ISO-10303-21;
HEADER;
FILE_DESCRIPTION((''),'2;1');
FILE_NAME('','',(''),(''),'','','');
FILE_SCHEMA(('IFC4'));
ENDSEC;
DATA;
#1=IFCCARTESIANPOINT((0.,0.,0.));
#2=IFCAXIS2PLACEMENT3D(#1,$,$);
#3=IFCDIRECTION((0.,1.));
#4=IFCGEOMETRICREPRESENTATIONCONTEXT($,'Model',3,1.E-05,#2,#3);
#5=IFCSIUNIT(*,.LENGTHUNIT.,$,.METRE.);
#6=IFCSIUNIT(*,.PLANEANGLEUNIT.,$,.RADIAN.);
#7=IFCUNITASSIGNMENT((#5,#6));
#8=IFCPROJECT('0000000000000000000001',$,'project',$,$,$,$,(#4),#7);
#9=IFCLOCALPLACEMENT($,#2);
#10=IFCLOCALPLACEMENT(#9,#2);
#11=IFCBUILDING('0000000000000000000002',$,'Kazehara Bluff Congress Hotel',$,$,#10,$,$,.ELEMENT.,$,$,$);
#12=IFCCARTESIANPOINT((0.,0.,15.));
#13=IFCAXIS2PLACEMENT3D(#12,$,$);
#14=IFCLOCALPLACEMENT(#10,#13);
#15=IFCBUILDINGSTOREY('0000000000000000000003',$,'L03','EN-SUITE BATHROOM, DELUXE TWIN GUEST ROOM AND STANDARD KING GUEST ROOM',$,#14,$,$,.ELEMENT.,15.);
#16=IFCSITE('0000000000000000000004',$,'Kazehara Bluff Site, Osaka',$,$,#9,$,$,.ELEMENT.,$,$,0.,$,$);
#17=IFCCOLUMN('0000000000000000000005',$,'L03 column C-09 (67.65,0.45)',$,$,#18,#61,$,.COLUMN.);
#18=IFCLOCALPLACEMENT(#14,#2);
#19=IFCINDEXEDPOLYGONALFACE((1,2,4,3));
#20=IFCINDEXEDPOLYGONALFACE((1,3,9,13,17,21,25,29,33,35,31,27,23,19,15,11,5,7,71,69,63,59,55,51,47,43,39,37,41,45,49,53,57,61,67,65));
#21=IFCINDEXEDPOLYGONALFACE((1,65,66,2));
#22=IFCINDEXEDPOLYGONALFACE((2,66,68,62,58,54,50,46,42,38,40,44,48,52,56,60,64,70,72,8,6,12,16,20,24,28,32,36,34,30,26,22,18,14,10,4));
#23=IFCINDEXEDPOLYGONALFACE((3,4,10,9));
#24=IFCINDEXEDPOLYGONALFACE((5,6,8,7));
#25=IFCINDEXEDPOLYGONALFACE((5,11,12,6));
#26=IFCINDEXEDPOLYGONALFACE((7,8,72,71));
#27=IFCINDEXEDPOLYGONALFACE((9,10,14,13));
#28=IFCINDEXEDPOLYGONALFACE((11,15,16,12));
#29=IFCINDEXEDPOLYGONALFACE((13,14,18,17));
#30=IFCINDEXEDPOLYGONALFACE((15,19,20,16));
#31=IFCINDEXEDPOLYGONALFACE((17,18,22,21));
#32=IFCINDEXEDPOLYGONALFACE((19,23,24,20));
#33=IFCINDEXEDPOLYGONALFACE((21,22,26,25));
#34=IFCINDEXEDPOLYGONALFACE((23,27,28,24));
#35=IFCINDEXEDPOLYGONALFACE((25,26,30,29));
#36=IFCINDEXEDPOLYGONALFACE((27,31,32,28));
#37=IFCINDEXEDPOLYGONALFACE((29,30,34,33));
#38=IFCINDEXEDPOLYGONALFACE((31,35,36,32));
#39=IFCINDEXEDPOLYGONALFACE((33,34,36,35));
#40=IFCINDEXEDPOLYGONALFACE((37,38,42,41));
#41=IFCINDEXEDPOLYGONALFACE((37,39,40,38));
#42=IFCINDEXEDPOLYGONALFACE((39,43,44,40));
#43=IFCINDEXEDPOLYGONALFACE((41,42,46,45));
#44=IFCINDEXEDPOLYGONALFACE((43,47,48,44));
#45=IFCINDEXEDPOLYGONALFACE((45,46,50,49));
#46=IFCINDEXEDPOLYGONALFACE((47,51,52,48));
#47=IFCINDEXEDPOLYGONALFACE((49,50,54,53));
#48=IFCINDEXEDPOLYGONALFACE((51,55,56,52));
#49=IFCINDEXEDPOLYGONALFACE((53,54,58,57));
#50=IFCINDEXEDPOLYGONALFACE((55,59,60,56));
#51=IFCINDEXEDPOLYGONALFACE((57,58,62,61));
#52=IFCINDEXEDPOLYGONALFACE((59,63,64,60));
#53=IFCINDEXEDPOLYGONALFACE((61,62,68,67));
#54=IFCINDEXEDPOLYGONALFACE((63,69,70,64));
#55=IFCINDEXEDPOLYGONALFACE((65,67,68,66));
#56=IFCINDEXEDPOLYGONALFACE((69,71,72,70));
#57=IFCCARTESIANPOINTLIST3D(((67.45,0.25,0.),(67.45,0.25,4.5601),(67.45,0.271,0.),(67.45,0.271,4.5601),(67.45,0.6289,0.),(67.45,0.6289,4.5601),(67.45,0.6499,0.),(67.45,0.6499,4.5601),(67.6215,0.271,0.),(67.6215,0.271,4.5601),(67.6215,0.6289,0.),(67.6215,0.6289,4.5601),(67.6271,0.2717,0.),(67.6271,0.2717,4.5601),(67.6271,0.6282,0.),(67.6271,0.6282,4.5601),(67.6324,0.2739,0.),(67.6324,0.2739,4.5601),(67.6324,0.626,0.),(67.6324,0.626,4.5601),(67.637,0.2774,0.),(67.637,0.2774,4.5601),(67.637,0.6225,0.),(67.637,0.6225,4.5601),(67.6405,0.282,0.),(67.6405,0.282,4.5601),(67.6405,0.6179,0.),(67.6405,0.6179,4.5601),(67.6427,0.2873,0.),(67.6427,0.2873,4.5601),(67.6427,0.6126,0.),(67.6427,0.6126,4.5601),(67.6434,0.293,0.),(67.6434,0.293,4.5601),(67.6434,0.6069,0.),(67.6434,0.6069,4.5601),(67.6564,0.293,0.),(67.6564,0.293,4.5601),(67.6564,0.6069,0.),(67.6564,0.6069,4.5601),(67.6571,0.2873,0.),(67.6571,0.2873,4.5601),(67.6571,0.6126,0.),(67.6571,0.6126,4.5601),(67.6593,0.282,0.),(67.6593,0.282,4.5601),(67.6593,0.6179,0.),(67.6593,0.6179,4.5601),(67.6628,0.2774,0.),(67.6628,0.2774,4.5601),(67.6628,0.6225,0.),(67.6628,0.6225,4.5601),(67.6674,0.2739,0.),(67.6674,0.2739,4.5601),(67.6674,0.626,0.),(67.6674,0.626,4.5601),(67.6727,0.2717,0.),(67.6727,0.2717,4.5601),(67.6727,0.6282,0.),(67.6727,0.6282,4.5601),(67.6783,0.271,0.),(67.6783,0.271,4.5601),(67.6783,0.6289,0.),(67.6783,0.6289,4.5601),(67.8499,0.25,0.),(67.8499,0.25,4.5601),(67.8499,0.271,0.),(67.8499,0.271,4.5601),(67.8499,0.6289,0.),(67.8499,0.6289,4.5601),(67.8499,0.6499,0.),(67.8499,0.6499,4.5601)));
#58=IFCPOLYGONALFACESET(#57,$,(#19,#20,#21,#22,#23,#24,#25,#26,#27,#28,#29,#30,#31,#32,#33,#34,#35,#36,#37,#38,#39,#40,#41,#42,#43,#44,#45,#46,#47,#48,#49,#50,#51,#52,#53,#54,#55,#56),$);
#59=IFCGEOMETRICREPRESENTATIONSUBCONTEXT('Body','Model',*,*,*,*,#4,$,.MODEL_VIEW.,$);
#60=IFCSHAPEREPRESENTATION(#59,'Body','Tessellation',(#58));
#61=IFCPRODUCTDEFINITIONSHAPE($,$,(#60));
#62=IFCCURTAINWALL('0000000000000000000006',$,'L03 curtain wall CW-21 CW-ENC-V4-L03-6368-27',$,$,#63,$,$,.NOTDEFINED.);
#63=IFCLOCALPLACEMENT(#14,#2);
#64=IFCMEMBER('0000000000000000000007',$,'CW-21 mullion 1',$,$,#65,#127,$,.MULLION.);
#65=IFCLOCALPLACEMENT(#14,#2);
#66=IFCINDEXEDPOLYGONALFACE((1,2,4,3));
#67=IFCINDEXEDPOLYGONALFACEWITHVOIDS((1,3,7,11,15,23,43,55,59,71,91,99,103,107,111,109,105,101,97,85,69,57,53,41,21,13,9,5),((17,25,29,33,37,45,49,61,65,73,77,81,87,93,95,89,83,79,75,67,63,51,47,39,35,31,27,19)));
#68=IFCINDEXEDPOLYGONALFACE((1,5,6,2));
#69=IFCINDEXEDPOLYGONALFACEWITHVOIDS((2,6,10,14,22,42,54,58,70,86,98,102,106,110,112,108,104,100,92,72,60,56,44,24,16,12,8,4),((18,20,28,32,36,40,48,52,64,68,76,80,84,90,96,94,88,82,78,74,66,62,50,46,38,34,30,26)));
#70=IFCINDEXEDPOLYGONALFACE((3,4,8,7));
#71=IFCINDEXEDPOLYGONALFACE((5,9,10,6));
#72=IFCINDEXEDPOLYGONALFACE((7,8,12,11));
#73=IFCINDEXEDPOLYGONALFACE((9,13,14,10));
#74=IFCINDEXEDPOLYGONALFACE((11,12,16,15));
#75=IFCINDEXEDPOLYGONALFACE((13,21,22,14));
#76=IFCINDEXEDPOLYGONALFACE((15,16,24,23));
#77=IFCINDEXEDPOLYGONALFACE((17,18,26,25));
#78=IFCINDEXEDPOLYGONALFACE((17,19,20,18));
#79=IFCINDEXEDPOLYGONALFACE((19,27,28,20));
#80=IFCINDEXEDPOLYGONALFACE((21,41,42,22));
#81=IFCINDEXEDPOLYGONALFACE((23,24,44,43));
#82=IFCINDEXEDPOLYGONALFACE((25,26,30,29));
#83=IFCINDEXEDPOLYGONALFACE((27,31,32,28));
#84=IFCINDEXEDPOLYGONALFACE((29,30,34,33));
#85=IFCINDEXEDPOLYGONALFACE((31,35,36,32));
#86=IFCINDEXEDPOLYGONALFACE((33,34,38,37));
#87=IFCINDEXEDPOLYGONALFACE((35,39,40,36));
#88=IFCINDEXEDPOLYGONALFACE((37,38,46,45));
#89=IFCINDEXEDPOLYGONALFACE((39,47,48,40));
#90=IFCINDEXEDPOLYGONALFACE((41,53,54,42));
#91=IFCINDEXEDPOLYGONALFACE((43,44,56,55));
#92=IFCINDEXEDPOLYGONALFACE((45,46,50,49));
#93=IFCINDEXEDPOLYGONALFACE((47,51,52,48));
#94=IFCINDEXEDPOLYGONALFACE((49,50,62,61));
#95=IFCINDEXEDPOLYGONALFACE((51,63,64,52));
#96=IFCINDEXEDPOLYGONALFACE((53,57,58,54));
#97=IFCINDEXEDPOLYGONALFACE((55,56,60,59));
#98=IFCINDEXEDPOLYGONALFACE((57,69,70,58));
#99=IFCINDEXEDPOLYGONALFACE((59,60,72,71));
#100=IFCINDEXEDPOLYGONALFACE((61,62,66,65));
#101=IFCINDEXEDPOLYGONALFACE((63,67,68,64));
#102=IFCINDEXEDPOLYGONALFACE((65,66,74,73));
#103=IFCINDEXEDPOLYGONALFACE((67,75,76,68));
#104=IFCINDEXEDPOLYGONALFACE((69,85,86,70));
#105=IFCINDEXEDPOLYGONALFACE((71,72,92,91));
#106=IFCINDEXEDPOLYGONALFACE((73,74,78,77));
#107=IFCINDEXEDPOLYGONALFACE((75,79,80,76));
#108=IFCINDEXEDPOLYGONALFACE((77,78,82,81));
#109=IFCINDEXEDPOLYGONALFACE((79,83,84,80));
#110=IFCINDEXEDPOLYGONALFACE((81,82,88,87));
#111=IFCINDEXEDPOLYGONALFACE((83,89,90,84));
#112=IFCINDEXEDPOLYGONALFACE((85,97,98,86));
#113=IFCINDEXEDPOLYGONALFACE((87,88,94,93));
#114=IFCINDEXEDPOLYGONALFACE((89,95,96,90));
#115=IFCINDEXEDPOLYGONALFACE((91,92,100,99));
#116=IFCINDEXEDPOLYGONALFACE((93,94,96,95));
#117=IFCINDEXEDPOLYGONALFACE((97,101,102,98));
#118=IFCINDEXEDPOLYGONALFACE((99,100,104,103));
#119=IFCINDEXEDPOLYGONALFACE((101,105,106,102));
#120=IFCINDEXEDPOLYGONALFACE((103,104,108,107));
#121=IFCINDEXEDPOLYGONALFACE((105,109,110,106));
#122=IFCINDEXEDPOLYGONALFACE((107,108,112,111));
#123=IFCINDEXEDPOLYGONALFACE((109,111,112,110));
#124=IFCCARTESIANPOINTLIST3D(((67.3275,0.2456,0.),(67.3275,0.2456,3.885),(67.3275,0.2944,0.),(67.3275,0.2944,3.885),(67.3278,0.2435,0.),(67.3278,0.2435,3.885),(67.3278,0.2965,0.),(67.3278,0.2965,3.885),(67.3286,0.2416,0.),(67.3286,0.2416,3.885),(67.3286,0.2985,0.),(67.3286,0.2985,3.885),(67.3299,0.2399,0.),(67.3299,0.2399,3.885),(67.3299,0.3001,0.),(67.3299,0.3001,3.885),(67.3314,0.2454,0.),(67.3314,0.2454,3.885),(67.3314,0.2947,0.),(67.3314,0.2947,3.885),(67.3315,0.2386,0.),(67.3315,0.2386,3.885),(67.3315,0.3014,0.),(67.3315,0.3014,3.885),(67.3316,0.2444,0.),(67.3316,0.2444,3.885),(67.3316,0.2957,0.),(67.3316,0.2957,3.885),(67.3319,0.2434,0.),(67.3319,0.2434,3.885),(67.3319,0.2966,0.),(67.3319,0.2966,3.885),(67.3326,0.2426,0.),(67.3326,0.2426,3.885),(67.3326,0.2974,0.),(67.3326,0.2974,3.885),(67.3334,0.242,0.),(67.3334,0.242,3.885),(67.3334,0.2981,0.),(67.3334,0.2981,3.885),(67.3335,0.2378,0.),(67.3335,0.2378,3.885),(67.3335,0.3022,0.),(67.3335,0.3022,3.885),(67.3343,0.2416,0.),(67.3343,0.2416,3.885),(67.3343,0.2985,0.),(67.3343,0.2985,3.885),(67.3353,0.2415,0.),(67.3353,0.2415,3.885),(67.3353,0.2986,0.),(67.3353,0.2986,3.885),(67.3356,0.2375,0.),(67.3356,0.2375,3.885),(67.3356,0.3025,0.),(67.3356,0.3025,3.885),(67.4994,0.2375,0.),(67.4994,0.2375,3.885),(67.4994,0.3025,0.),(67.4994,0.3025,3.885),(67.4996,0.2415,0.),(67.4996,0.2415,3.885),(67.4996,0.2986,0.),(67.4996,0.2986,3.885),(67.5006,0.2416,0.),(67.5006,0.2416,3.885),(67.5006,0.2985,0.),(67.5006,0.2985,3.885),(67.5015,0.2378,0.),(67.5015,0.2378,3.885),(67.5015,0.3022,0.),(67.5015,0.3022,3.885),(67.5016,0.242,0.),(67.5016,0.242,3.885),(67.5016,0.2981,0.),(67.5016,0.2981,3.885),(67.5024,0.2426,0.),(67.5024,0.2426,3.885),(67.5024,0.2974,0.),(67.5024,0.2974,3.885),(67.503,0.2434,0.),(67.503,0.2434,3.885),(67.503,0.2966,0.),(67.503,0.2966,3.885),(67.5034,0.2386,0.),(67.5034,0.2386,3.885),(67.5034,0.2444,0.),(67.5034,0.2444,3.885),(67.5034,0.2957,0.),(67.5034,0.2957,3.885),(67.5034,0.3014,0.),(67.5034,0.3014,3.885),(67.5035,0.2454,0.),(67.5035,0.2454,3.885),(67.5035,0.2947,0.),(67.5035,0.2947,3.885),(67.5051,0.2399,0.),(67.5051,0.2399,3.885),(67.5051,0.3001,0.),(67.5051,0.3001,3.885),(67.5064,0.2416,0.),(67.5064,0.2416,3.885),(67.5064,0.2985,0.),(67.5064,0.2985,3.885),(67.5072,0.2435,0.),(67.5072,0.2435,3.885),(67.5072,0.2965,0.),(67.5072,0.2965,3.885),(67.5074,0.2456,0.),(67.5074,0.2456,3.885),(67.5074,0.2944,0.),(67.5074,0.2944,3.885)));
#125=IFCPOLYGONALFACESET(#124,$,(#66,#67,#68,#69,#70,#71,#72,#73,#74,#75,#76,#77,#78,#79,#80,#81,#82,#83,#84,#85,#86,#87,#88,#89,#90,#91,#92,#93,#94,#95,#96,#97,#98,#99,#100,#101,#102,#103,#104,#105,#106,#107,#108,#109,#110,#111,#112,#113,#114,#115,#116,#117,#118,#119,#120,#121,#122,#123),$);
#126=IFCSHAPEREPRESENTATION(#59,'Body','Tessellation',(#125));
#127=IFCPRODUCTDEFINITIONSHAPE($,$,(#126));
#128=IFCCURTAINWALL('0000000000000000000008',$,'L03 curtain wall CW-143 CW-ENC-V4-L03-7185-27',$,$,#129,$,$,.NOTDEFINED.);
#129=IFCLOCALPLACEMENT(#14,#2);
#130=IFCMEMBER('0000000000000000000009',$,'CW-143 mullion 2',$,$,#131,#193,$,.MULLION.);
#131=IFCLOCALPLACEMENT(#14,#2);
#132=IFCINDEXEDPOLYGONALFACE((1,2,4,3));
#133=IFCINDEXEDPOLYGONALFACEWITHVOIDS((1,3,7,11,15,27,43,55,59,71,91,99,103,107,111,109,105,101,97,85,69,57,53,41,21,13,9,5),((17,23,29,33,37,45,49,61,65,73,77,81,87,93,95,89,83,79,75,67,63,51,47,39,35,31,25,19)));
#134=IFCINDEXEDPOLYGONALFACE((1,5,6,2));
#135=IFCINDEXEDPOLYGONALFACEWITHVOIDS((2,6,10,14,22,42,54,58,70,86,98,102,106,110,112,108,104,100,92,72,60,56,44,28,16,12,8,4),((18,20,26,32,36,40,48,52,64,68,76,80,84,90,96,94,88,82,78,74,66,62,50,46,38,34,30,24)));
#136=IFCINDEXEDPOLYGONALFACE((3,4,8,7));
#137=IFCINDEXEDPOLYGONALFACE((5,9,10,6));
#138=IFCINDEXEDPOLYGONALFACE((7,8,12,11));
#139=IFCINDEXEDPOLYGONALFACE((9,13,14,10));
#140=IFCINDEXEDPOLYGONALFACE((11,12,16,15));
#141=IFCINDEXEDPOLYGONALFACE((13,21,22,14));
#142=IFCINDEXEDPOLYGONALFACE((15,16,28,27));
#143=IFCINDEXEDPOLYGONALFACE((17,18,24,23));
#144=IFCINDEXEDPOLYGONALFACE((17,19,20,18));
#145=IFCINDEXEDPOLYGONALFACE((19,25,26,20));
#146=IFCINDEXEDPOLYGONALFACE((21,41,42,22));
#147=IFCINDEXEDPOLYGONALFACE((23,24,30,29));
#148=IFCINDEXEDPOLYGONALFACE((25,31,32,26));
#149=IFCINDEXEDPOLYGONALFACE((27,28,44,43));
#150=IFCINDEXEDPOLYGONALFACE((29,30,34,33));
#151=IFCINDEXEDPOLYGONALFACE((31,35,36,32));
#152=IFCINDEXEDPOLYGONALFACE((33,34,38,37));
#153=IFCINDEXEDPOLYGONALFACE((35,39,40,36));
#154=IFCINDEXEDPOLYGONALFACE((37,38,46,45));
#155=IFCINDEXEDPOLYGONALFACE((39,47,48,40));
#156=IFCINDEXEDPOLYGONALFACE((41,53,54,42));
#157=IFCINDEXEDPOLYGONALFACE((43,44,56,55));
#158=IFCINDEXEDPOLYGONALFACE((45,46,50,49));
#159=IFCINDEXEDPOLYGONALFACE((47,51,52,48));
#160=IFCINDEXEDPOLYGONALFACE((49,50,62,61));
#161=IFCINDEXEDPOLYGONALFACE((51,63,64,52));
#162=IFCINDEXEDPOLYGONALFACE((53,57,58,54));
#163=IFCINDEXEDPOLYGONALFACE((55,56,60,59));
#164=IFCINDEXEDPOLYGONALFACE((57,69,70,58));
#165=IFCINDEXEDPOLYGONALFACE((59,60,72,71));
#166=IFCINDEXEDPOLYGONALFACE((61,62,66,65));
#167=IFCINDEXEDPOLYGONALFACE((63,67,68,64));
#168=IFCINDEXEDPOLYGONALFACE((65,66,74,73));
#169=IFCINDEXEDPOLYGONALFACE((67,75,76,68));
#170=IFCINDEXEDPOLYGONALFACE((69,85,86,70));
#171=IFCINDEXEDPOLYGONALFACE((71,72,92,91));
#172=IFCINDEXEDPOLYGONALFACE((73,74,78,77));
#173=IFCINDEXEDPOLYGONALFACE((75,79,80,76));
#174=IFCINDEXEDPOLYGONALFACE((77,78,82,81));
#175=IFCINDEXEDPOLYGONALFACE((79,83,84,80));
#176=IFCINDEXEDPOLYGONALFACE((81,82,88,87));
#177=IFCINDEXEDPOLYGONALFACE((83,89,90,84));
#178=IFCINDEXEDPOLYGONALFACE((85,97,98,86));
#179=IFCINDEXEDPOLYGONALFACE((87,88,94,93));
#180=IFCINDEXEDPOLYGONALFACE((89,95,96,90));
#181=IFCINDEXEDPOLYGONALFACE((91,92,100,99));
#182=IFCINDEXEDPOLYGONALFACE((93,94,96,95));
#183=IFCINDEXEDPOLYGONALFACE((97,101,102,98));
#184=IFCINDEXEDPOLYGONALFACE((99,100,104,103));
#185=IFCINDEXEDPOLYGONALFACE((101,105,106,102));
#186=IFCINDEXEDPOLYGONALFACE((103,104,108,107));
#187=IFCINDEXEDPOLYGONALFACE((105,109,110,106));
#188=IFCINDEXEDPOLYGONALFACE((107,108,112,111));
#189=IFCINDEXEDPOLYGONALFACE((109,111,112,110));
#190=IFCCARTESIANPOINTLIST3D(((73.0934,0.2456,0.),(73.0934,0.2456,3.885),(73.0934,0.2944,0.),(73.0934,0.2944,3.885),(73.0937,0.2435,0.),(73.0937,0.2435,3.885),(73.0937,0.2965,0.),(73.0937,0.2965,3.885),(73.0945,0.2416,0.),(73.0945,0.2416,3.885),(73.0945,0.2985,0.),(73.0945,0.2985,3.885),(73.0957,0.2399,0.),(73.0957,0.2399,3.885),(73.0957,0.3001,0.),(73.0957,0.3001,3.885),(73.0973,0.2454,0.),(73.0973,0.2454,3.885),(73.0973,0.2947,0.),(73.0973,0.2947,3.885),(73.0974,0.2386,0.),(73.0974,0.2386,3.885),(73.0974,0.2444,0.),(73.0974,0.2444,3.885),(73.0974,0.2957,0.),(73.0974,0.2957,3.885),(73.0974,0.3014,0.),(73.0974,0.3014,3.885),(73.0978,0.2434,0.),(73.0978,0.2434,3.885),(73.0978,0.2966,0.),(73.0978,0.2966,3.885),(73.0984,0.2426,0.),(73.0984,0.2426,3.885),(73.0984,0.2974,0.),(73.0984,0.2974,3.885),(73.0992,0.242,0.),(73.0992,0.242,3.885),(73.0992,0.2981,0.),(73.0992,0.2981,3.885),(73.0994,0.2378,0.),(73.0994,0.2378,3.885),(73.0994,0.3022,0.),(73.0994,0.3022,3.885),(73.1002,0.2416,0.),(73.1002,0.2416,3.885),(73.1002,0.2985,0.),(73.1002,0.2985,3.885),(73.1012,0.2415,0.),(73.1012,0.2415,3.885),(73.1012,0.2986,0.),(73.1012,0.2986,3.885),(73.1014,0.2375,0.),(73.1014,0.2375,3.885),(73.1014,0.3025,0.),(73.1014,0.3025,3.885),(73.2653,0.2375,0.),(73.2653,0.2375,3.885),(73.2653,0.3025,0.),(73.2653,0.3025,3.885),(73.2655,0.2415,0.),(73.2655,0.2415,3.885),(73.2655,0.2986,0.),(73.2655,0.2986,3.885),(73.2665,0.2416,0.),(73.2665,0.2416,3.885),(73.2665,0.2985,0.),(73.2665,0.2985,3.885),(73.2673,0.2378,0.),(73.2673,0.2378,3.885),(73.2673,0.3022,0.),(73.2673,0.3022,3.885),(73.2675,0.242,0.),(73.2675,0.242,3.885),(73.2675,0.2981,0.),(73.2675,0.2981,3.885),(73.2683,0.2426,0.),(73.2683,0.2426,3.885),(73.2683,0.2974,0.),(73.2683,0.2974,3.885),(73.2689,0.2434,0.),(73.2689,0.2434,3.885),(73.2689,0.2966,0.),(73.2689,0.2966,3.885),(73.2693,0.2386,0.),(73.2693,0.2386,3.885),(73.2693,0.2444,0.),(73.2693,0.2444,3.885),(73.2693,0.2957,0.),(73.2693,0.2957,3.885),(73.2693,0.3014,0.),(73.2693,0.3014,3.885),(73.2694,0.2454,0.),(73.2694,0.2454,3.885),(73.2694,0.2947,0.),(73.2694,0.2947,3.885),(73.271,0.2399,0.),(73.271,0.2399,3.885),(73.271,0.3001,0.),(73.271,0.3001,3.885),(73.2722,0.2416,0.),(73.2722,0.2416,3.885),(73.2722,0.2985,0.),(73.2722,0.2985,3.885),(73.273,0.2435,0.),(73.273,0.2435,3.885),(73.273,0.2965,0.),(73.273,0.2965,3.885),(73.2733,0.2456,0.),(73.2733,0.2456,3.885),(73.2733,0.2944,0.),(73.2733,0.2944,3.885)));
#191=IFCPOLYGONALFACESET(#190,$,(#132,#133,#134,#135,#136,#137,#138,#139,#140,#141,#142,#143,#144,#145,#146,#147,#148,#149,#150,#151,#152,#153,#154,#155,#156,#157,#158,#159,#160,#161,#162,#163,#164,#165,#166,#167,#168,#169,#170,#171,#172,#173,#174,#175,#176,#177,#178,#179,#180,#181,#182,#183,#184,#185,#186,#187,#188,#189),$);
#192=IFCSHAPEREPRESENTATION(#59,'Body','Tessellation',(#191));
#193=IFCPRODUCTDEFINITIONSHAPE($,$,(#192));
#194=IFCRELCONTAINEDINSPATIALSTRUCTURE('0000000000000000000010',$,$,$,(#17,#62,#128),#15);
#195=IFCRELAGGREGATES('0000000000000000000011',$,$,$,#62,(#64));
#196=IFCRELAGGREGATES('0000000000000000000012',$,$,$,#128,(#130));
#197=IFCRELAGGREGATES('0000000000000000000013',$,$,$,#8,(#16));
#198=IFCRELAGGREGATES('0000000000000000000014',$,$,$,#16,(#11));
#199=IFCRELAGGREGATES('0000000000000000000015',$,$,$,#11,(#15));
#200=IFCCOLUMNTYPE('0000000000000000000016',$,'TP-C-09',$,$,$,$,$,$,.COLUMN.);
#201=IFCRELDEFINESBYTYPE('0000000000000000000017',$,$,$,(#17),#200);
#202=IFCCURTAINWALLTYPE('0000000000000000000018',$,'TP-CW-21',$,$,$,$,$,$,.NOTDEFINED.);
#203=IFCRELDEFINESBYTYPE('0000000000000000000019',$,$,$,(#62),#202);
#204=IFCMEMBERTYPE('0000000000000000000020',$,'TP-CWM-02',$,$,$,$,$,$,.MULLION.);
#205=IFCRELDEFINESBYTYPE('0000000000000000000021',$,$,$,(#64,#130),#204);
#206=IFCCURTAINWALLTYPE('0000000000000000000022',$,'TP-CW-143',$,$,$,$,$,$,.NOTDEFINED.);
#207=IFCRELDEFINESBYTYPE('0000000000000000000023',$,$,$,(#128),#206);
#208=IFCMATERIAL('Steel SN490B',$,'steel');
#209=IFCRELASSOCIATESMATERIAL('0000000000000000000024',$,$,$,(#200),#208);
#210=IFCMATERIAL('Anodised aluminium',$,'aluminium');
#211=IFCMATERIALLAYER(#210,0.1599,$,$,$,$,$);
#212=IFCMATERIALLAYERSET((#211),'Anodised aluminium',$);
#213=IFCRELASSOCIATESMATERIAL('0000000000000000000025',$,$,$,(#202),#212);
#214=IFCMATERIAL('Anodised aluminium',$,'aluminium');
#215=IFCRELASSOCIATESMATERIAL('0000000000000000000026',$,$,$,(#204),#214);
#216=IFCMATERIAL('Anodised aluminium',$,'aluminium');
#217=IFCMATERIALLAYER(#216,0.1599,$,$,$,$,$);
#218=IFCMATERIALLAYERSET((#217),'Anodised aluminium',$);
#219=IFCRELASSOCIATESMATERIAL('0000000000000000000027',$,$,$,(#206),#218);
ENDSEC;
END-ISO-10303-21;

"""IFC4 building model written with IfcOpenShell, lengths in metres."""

from ifc_helpers import new_model, si_unit, direction, frame, origin, origin_2d, place, context, subcontext, project, spatial, hollow_rectangle, i_section, extrude, material, layer, layer_set, material_profile, profile_set, type_object, element, aggregate, save


model = new_model("IFC4")

# Units and contexts
model_context = context("Model", 3, precision=1e-05, world=origin(), true_north=direction((0.0, 1.0)))
body_context = subcontext(model_context, "Body", "Model", "MODEL_VIEW")
ifc_project = project(units=[si_unit("LENGTHUNIT", "METRE"), si_unit("PLANEANGLEUNIT", "RADIAN")], contexts=[model_context])

# Site, building, storey
site_placement = place(None, origin())
site = spatial("IfcSite", under=ifc_project, at=site_placement, Name="Kazehara Bluff Site, Osaka", CompositionType="ELEMENT", RefElevation=0.0)
building_placement = place(site_placement, origin())
building = spatial("IfcBuilding", under=site, at=building_placement, Name="Kazehara Bluff Congress Hotel", CompositionType="ELEMENT")
storey_placement = place(building_placement, frame((0.0, 0.0, 15.0)))
storey = spatial("IfcBuildingStorey", under=building, at=storey_placement, Name="L03", Description="EN-SUITE BATHROOM, DELUXE TWIN GUEST ROOM AND STANDARD KING GUEST ROOM", CompositionType="ELEMENT", Elevation=15.0)

# Column
ifc_material_1 = material(Name="Steel SN490B", Category="steel")
ifc_material_profile_1 = material_profile(ifc_material_1, i_section(OverallWidth=0.3999, OverallDepth=0.3999, WebThickness=0.0129, FlangeThickness=0.021, FilletRadius=0.022, at=origin_2d()))
ifc_profile_set_1 = profile_set([ifc_material_profile_1], Name="Steel SN490B")
column_type = type_object("IfcColumnType", Name="TP-C-09", PredefinedType="COLUMN", material=ifc_profile_set_1)
column_placement = place(storey_placement, frame((67.6499, 0.45, 0.0), z_axis=(0.0, 0.0, 1.0), x_axis=(1.0, 0.0, 0.0)))
element("IfcColumn", 1, at=column_placement, inside=storey, type_object=column_type, Name="L03 column C-09 (67.65,0.45)", PredefinedType="COLUMN", context=body_context, shape_type="SweptSolid", body=[
    extrude(i_section(OverallWidth=0.3999, OverallDepth=0.3999, WebThickness=0.0129, FlangeThickness=0.021, FilletRadius=0.022, at=origin_2d()), origin(), (0.0, 0.0, 1.0), 4.5601),
])

# Curtain wall, member
ifc_material_2 = material(Name="Anodised aluminium", Category="aluminium")
ifc_layer_1 = layer(ifc_material_2, 0.1599)
ifc_layer_set_1 = layer_set([ifc_layer_1], Name="Anodised aluminium")
curtain_wall_type_1 = type_object("IfcCurtainWallType", Name="TP-CW-21", PredefinedType="NOTDEFINED", material=ifc_layer_set_1)
curtain_wall_1_placement = place(storey_placement, origin())
curtain_wall_1 = element("IfcCurtainWall", 2, at=curtain_wall_1_placement, inside=storey, type_object=curtain_wall_type_1, Name="L03 curtain wall CW-21 CW-ENC-V4-L03-6368-27", PredefinedType="NOTDEFINED")
ifc_material_3 = material(Name="Anodised aluminium", Category="aluminium")
ifc_material_profile_2 = material_profile(ifc_material_3, hollow_rectangle(XDim=0.0649, YDim=0.1799, WallThickness=0.0039, InnerFilletRadius=0.0039, OuterFilletRadius=0.0081, at=origin_2d()))
ifc_profile_set_2 = profile_set([ifc_material_profile_2], Name="Anodised aluminium")
member_type_1 = type_object("IfcMemberType", Name="TP-CWM-02", PredefinedType="MULLION", material=ifc_profile_set_2)
member_1_placement = place(storey_placement, frame((67.4175, 0.27, 0.0), z_axis=(0.0, 0.0, 1.0), x_axis=(0.0, -1.0, 0.0)))
member_1 = element("IfcMember", 3, at=member_1_placement, type_object=member_type_1, Name="CW-21 mullion 1", PredefinedType="MULLION", context=body_context, shape_type="SweptSolid", body=[
    extrude(hollow_rectangle(XDim=0.0649, YDim=0.1799, WallThickness=0.0039, InnerFilletRadius=0.0039, OuterFilletRadius=0.0081, at=origin_2d()), origin(), (0.0, 0.0, 1.0), 3.885),
])

# Curtain wall, member
ifc_material_4 = material(Name="Anodised aluminium", Category="aluminium")
ifc_layer_2 = layer(ifc_material_4, 0.1599)
ifc_layer_set_2 = layer_set([ifc_layer_2], Name="Anodised aluminium")
curtain_wall_type_2 = type_object("IfcCurtainWallType", Name="TP-CW-143", PredefinedType="NOTDEFINED", material=ifc_layer_set_2)
curtain_wall_2_placement = place(storey_placement, origin())
curtain_wall_2 = element("IfcCurtainWall", 4, at=curtain_wall_2_placement, inside=storey, type_object=curtain_wall_type_2, Name="L03 curtain wall CW-143 CW-ENC-V4-L03-7185-27", PredefinedType="NOTDEFINED")
member_2_placement = place(storey_placement, frame((73.1833, 0.27, 0.0), z_axis=(0.0, 0.0, 1.0), x_axis=(0.0, -1.0, 0.0)))
member_2 = element("IfcMember", 5, at=member_2_placement, type_object=member_type_1, Name="CW-143 mullion 2", PredefinedType="MULLION", context=body_context, shape_type="SweptSolid", body=[
    extrude(hollow_rectangle(XDim=0.0649, YDim=0.1799, WallThickness=0.0039, InnerFilletRadius=0.0039, OuterFilletRadius=0.0081, at=origin_2d()), origin(), (0.0, 0.0, 1.0), 3.885),
])

aggregate(curtain_wall_1, [member_1])

aggregate(curtain_wall_2, [member_2])

save(model, "model.ifc")
